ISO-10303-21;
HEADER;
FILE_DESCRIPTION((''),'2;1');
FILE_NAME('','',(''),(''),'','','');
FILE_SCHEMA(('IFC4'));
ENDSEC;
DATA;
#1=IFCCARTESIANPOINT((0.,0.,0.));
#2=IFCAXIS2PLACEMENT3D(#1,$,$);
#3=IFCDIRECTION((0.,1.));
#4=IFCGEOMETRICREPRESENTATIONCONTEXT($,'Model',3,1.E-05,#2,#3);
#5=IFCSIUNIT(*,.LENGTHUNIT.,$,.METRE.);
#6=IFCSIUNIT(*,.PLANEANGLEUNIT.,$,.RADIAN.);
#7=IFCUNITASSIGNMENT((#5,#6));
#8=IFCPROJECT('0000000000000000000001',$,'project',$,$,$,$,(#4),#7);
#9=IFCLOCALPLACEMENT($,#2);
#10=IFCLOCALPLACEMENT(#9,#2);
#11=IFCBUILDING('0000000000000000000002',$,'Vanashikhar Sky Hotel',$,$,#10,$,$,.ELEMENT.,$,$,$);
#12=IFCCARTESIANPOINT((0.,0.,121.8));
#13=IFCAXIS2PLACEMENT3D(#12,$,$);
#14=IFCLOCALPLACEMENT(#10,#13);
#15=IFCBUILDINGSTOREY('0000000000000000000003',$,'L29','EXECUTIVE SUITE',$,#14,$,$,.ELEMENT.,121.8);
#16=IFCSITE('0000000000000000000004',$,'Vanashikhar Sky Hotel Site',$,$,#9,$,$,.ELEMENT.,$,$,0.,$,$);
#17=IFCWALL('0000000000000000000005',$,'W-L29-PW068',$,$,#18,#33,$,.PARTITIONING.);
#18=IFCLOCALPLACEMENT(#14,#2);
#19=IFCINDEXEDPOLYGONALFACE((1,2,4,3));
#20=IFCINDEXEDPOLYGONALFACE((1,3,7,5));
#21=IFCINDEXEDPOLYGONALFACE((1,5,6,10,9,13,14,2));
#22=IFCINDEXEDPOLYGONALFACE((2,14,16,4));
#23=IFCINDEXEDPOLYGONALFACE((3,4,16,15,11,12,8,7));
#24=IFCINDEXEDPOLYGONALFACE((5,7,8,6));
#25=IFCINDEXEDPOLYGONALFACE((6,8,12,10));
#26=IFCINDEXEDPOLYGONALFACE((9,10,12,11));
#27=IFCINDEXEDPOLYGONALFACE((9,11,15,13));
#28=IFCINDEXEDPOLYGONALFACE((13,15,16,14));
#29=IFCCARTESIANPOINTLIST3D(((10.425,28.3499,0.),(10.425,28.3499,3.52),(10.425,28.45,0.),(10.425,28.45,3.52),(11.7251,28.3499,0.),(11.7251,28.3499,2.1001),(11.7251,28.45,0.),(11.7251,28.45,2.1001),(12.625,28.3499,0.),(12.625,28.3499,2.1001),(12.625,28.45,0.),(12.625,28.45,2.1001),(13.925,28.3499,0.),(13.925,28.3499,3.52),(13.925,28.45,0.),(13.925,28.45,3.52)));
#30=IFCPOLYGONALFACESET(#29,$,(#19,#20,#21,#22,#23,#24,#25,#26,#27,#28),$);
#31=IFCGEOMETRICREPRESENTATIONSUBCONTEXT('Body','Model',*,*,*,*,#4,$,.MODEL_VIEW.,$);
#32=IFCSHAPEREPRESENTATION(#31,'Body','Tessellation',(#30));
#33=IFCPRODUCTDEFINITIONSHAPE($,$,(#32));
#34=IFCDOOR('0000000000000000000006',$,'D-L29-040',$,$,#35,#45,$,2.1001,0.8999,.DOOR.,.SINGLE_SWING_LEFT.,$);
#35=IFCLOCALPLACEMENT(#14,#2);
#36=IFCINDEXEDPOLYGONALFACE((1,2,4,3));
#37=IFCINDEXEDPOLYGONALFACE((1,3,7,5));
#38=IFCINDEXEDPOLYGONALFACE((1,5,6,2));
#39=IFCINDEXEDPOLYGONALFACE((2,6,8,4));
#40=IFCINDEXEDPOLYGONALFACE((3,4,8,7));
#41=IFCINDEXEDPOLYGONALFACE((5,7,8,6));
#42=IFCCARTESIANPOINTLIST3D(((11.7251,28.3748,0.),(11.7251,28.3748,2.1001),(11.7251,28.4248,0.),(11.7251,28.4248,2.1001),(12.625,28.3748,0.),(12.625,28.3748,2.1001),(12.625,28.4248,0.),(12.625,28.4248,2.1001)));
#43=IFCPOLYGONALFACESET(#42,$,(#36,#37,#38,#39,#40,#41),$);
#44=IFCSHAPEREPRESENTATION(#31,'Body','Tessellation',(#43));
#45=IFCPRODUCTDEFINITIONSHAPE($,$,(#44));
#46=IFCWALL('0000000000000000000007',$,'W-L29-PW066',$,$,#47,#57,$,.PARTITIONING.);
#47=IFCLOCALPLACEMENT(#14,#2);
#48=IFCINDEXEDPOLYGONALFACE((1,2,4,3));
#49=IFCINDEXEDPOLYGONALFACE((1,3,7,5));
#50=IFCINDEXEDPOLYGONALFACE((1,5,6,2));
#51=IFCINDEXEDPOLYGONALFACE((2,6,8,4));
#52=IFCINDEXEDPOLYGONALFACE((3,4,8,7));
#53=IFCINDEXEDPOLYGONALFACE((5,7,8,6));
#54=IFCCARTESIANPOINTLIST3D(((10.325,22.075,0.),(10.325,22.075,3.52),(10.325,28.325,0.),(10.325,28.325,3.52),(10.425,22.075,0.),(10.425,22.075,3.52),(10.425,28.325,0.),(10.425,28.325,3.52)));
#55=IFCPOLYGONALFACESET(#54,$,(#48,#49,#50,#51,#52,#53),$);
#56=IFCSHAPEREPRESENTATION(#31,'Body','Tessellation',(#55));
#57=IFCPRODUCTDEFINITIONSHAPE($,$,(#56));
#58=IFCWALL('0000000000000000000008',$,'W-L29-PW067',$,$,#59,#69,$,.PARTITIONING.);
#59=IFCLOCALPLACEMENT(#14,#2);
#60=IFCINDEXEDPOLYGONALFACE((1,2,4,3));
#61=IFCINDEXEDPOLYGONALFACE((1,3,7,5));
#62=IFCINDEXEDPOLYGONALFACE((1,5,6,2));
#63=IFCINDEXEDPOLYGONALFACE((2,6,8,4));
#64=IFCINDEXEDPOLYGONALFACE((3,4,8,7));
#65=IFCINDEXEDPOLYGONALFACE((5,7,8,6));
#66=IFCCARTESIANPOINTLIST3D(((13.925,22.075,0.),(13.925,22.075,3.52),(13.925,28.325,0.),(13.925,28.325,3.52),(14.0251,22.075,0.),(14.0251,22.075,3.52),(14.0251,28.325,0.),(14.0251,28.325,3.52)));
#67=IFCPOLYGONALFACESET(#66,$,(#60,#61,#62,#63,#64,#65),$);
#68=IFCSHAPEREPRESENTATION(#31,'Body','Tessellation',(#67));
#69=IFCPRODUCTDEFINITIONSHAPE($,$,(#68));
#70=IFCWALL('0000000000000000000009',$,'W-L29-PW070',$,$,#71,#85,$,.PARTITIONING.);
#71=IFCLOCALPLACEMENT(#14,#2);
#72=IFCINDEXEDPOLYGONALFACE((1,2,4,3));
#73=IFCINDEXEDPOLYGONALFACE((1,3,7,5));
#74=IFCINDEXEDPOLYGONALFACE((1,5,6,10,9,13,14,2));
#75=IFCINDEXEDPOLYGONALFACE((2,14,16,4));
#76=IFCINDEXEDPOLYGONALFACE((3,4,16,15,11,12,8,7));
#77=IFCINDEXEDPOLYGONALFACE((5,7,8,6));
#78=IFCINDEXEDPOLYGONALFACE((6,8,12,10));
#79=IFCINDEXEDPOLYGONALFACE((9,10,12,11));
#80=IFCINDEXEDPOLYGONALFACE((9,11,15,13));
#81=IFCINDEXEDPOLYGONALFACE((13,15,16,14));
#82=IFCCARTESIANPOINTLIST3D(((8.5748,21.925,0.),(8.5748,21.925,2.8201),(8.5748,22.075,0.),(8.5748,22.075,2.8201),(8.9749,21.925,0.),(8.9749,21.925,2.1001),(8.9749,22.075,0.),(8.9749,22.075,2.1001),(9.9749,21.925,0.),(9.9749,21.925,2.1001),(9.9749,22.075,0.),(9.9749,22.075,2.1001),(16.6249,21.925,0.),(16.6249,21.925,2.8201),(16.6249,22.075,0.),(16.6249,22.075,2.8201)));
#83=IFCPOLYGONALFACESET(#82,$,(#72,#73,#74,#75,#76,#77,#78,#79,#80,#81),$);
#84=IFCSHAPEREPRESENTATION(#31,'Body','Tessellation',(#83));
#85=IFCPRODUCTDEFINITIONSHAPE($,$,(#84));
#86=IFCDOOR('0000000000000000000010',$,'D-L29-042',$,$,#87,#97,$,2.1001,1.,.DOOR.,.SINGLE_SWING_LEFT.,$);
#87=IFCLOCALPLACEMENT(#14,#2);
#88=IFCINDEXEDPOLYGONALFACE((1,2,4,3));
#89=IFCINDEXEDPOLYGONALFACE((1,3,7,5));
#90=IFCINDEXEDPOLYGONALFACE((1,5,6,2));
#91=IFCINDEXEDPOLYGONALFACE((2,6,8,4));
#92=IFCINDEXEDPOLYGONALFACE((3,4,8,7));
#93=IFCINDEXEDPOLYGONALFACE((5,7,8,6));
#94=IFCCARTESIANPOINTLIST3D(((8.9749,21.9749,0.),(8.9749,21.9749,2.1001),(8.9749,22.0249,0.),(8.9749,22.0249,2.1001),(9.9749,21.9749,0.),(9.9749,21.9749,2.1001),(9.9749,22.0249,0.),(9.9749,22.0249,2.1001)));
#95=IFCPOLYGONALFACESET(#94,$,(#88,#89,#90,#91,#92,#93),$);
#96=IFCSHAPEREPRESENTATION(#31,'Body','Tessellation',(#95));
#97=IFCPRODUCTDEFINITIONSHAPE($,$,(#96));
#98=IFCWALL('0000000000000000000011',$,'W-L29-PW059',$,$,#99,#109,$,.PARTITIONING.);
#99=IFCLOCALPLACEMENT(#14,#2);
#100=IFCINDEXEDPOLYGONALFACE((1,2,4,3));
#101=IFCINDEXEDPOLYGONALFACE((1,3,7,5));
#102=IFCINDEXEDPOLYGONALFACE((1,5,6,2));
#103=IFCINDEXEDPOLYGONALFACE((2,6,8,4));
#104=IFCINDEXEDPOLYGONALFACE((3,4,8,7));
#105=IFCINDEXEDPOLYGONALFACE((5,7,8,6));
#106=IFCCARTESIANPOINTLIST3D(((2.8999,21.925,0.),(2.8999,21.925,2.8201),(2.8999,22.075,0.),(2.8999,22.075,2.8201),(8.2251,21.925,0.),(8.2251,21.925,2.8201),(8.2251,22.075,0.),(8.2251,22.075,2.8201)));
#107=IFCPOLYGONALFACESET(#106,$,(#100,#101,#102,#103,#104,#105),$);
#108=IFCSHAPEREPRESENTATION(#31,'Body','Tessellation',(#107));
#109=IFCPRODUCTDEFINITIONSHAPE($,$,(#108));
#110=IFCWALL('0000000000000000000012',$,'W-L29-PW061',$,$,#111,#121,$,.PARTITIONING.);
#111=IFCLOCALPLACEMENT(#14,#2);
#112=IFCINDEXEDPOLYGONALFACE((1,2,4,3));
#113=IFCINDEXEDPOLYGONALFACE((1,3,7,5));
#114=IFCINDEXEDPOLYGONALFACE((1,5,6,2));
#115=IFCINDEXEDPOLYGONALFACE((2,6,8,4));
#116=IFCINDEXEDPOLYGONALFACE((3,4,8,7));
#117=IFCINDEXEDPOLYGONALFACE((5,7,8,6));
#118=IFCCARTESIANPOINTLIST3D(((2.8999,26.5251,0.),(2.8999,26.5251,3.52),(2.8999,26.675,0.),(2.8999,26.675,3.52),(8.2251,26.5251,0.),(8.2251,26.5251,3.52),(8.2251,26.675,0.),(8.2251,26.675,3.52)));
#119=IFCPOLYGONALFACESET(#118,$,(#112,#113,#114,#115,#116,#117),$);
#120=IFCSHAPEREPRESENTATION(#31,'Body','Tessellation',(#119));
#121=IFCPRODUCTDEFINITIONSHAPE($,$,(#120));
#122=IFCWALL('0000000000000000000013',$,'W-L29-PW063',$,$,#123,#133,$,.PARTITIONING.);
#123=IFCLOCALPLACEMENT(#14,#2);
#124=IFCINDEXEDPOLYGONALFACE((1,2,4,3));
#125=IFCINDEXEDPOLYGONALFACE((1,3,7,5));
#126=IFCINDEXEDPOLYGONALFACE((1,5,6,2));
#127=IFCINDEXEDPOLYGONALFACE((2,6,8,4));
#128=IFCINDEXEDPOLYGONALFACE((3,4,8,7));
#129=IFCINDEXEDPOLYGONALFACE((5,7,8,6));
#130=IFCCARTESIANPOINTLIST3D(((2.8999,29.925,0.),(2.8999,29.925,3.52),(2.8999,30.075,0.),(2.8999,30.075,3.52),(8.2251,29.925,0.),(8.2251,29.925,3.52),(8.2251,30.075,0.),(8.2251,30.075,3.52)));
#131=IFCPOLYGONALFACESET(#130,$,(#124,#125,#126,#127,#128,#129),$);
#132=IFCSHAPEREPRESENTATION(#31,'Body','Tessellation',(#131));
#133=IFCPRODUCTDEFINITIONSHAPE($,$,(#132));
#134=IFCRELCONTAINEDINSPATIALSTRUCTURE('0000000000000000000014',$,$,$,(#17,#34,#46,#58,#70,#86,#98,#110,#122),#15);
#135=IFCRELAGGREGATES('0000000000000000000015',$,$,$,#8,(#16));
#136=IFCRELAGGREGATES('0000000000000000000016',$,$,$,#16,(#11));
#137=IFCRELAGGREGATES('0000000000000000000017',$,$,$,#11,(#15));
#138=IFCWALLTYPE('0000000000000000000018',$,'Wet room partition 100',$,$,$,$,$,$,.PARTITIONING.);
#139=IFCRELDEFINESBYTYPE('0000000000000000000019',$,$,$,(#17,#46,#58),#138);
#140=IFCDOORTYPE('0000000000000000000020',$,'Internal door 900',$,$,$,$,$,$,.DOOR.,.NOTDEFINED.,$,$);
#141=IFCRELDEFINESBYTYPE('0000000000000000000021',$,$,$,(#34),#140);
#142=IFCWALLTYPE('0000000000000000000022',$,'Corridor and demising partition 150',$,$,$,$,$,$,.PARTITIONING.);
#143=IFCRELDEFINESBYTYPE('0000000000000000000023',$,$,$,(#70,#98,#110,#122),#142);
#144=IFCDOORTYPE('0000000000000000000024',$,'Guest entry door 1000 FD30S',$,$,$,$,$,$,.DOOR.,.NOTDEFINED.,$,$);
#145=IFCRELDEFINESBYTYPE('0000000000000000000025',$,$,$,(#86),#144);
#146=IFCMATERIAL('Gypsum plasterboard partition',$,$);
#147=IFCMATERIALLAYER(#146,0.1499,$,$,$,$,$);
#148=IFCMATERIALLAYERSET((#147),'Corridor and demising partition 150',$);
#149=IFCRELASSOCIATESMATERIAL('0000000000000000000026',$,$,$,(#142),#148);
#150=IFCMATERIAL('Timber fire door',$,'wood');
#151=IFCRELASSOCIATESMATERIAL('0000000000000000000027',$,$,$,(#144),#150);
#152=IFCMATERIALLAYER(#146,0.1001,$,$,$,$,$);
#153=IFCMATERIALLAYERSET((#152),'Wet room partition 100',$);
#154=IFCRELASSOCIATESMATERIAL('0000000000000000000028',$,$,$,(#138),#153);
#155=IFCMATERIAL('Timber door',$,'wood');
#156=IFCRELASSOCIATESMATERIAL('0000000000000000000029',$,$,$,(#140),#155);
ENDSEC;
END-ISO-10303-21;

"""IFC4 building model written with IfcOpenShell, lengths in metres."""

from ifc_helpers import new_model, si_unit, direction, frame, frame_2d, origin, place, context, subcontext, project, spatial, rectangle, extrude, source, transform, mapped, material, layer, layer_set, type_object, element, fill, save


model = new_model("IFC4")

# Units and contexts
model_context = context("Model", 3, precision=1e-05, world=origin(), true_north=direction((0.0, 1.0)))
body_context = subcontext(model_context, "Body", "Model", "MODEL_VIEW")
ifc_project = project(units=[si_unit("LENGTHUNIT", "METRE"), si_unit("PLANEANGLEUNIT", "RADIAN")], contexts=[model_context])

# Site, building, storey
site_placement = place(None, origin())
site = spatial("IfcSite", under=ifc_project, at=site_placement, Name="Vanashikhar Sky Hotel Site", CompositionType="ELEMENT", RefElevation=0.0)
building_placement = place(site_placement, origin())
building = spatial("IfcBuilding", under=site, at=building_placement, Name="Vanashikhar Sky Hotel", CompositionType="ELEMENT")
storey_placement = place(building_placement, frame((0.0, 0.0, 121.8)))
storey = spatial("IfcBuildingStorey", under=building, at=storey_placement, Name="L29", Description="EXECUTIVE SUITE", CompositionType="ELEMENT", Elevation=121.8)

# Wall, opening, door
ifc_material_1 = material(Name="Gypsum plasterboard partition")
ifc_layer_1 = layer(ifc_material_1, 0.1499)
ifc_layer_set_1 = layer_set([ifc_layer_1], Name="Corridor and demising partition 150")
wall_type_1 = type_object("IfcWallType", Name="Corridor and demising partition 150", PredefinedType="PARTITIONING", material=ifc_layer_set_1)
shared_shape_1 = source(origin(), body_context, "Body", "SweptSolid", [
    extrude(rectangle(XDim=1.0, YDim=2.1001, at=frame_2d((0.5, 1.05))), frame((0.0, 0.085, 0.0), z_axis=(0.0, -1.0, 0.0), x_axis=(1.0, 0.0, 0.0)), (0.0, 0.0, 1.0), 0.1699),
])
ifc_material_2 = material(Name="Timber fire door", Category="wood")
door_type_1 = type_object("IfcDoorType", Name="Guest entry door 1000 FD30S", OperationType="NOTDEFINED", PredefinedType="DOOR", material=ifc_material_2)
shared_shape_2 = source(origin(), body_context, "Body", "SweptSolid", [
    extrude(rectangle(XDim=1.0, YDim=2.1001, at=frame_2d((0.5, 1.05))), frame((0.0, 0.0249, 0.0), z_axis=(0.0, -1.0, 0.0), x_axis=(1.0, 0.0, 0.0)), (0.0, 0.0, 1.0), 0.05),
])
ifc_layer_2 = layer(ifc_material_1, 0.1001)
ifc_layer_set_2 = layer_set([ifc_layer_2], Name="Wet room partition 100")
wall_type_2 = type_object("IfcWallType", Name="Wet room partition 100", PredefinedType="PARTITIONING", material=ifc_layer_set_2)
shared_shape_3 = source(origin(), body_context, "Body", "SweptSolid", [
    extrude(rectangle(XDim=3.5, YDim=0.1001, at=frame_2d((1.75, 0.0))), origin(), (0.0, 0.0, 1.0), 3.52),
])
wall_1_placement = place(storey_placement, frame((10.425, 28.3999, 0.0), z_axis=(0.0, 0.0, 1.0), x_axis=(1.0, 0.0, 0.0)))
wall_1 = element("IfcWall", 1, at=wall_1_placement, inside=storey, type_object=wall_type_2, Name="W-L29-PW068", PredefinedType="PARTITIONING", context=body_context, shape_type="MappedRepresentation", body=[
    mapped(shared_shape_3, transform((0.0, 0.0, 0.0), scale=1.0)),
])
shared_shape_4 = source(origin(), body_context, "Body", "SweptSolid", [
    extrude(rectangle(XDim=0.8999, YDim=2.1001, at=frame_2d((0.45, 1.05))), frame((0.0, 0.0601, 0.0), z_axis=(0.0, -1.0, 0.0), x_axis=(1.0, 0.0, 0.0)), (0.0, 0.0, 1.0), 0.1201),
])
opening_1_placement = place(wall_1_placement, frame((1.3, 0.0, 0.0)))
opening_1 = element("IfcOpeningElement", 2, at=opening_1_placement, cuts=wall_1, PredefinedType="OPENING", context=body_context, shape_type="MappedRepresentation", body=[
    mapped(shared_shape_4, transform((0.0, 0.0, 0.0), scale=1.0)),
])
ifc_material_3 = material(Name="Timber door", Category="wood")
door_type_2 = type_object("IfcDoorType", Name="Internal door 900", OperationType="NOTDEFINED", PredefinedType="DOOR", material=ifc_material_3)
shared_shape_5 = source(origin(), body_context, "Body", "SweptSolid", [
    extrude(rectangle(XDim=0.8999, YDim=2.1001, at=frame_2d((0.45, 1.05))), frame((0.0, 0.0249, 0.0), z_axis=(0.0, -1.0, 0.0), x_axis=(1.0, 0.0, 0.0)), (0.0, 0.0, 1.0), 0.05),
])
door_1_placement = place(opening_1_placement, origin())
door_1 = element("IfcDoor", 3, at=door_1_placement, inside=storey, type_object=door_type_2, Name="D-L29-040", OperationType="SINGLE_SWING_LEFT", OverallHeight=2.1001, OverallWidth=0.8999, PredefinedType="DOOR", context=body_context, shape_type="MappedRepresentation", body=[
    mapped(shared_shape_5, transform((0.0, 0.0, 0.0), scale=1.0)),
])
fill(opening_1, door_1)

# Walls
shared_shape_6 = source(origin(), body_context, "Body", "SweptSolid", [
    extrude(rectangle(XDim=6.25, YDim=0.1001, at=frame_2d((3.125, 0.0))), origin(), (0.0, 0.0, 1.0), 3.52),
])
for number, where, z_axis, x_axis, name in (
    (4, (10.375, 22.075, 0.0), (0.0, 0.0, 1.0), (0.0, 1.0, 0.0), "W-L29-PW066"),
    (5, (13.9751, 22.075, 0.0), (0.0, 0.0, 1.0), (0.0, 1.0, 0.0), "W-L29-PW067"),
):
    element("IfcWall", number, at=place(storey_placement, frame(where, z_axis=z_axis, x_axis=x_axis)), inside=storey, type_object=wall_type_2, Name=name, PredefinedType="PARTITIONING", context=body_context, shape_type="MappedRepresentation", body=[
        mapped(shared_shape_6, transform((0.0, 0.0, 0.0), scale=1.0)),
    ])

# Wall, opening, door
shared_shape_7 = source(origin(), body_context, "Body", "SweptSolid", [
    extrude(rectangle(XDim=8.05, YDim=0.1499, at=frame_2d((4.0249, 0.0))), origin(), (0.0, 0.0, 1.0), 2.8201),
])
wall_2_placement = place(storey_placement, frame((8.575, 22.0, 0.0), z_axis=(0.0, 0.0, 1.0), x_axis=(1.0, 0.0, 0.0)))
wall_2 = element("IfcWall", 6, at=wall_2_placement, inside=storey, type_object=wall_type_1, Name="W-L29-PW070", PredefinedType="PARTITIONING", context=body_context, shape_type="MappedRepresentation", body=[
    mapped(shared_shape_7, transform((0.0, 0.0, 0.0), scale=1.0)),
])
opening_2_placement = place(wall_2_placement, frame((0.3999, 0.0, 0.0)))
opening_2 = element("IfcOpeningElement", 7, at=opening_2_placement, cuts=wall_2, PredefinedType="OPENING", context=body_context, shape_type="MappedRepresentation", body=[
    mapped(shared_shape_1, transform((0.0, 0.0, 0.0), scale=1.0)),
])
door_2_placement = place(opening_2_placement, origin())
door_2 = element("IfcDoor", 8, at=door_2_placement, inside=storey, type_object=door_type_1, Name="D-L29-042", OperationType="SINGLE_SWING_LEFT", OverallHeight=2.1001, OverallWidth=1.0, PredefinedType="DOOR", context=body_context, shape_type="MappedRepresentation", body=[
    mapped(shared_shape_2, transform((0.0, 0.0, 0.0), scale=1.0)),
])
fill(opening_2, door_2)

# Walls
shared_shape_8 = source(origin(), body_context, "Body", "SweptSolid", [
    extrude(rectangle(XDim=5.3252, YDim=0.1499, at=frame_2d((2.6626, 0.0))), origin(), (0.0, 0.0, 1.0), 2.8201),
])
wall_3_placement = place(storey_placement, frame((2.8999, 22.0, 0.0), z_axis=(0.0, 0.0, 1.0), x_axis=(1.0, 0.0, 0.0)))
element("IfcWall", 9, at=wall_3_placement, inside=storey, type_object=wall_type_1, Name="W-L29-PW059", PredefinedType="PARTITIONING", context=body_context, shape_type="MappedRepresentation", body=[
    mapped(shared_shape_8, transform((0.0, 0.0, 0.0), scale=1.0)),
])
shared_shape_9 = source(origin(), body_context, "Body", "SweptSolid", [
    extrude(rectangle(XDim=5.3252, YDim=0.1499, at=frame_2d((2.6626, 0.0))), origin(), (0.0, 0.0, 1.0), 3.52),
])
for number, where, z_axis, x_axis, name in (
    (10, (2.8999, 26.6001, 0.0), (0.0, 0.0, 1.0), (1.0, 0.0, 0.0), "W-L29-PW061"),
    (11, (2.8999, 30.0, 0.0), (0.0, 0.0, 1.0), (1.0, 0.0, 0.0), "W-L29-PW063"),
):
    element("IfcWall", number, at=place(storey_placement, frame(where, z_axis=z_axis, x_axis=x_axis)), inside=storey, type_object=wall_type_1, Name=name, PredefinedType="PARTITIONING", context=body_context, shape_type="MappedRepresentation", body=[
        mapped(shared_shape_9, transform((0.0, 0.0, 0.0), scale=1.0)),
    ])

save(model, "model.ifc")
